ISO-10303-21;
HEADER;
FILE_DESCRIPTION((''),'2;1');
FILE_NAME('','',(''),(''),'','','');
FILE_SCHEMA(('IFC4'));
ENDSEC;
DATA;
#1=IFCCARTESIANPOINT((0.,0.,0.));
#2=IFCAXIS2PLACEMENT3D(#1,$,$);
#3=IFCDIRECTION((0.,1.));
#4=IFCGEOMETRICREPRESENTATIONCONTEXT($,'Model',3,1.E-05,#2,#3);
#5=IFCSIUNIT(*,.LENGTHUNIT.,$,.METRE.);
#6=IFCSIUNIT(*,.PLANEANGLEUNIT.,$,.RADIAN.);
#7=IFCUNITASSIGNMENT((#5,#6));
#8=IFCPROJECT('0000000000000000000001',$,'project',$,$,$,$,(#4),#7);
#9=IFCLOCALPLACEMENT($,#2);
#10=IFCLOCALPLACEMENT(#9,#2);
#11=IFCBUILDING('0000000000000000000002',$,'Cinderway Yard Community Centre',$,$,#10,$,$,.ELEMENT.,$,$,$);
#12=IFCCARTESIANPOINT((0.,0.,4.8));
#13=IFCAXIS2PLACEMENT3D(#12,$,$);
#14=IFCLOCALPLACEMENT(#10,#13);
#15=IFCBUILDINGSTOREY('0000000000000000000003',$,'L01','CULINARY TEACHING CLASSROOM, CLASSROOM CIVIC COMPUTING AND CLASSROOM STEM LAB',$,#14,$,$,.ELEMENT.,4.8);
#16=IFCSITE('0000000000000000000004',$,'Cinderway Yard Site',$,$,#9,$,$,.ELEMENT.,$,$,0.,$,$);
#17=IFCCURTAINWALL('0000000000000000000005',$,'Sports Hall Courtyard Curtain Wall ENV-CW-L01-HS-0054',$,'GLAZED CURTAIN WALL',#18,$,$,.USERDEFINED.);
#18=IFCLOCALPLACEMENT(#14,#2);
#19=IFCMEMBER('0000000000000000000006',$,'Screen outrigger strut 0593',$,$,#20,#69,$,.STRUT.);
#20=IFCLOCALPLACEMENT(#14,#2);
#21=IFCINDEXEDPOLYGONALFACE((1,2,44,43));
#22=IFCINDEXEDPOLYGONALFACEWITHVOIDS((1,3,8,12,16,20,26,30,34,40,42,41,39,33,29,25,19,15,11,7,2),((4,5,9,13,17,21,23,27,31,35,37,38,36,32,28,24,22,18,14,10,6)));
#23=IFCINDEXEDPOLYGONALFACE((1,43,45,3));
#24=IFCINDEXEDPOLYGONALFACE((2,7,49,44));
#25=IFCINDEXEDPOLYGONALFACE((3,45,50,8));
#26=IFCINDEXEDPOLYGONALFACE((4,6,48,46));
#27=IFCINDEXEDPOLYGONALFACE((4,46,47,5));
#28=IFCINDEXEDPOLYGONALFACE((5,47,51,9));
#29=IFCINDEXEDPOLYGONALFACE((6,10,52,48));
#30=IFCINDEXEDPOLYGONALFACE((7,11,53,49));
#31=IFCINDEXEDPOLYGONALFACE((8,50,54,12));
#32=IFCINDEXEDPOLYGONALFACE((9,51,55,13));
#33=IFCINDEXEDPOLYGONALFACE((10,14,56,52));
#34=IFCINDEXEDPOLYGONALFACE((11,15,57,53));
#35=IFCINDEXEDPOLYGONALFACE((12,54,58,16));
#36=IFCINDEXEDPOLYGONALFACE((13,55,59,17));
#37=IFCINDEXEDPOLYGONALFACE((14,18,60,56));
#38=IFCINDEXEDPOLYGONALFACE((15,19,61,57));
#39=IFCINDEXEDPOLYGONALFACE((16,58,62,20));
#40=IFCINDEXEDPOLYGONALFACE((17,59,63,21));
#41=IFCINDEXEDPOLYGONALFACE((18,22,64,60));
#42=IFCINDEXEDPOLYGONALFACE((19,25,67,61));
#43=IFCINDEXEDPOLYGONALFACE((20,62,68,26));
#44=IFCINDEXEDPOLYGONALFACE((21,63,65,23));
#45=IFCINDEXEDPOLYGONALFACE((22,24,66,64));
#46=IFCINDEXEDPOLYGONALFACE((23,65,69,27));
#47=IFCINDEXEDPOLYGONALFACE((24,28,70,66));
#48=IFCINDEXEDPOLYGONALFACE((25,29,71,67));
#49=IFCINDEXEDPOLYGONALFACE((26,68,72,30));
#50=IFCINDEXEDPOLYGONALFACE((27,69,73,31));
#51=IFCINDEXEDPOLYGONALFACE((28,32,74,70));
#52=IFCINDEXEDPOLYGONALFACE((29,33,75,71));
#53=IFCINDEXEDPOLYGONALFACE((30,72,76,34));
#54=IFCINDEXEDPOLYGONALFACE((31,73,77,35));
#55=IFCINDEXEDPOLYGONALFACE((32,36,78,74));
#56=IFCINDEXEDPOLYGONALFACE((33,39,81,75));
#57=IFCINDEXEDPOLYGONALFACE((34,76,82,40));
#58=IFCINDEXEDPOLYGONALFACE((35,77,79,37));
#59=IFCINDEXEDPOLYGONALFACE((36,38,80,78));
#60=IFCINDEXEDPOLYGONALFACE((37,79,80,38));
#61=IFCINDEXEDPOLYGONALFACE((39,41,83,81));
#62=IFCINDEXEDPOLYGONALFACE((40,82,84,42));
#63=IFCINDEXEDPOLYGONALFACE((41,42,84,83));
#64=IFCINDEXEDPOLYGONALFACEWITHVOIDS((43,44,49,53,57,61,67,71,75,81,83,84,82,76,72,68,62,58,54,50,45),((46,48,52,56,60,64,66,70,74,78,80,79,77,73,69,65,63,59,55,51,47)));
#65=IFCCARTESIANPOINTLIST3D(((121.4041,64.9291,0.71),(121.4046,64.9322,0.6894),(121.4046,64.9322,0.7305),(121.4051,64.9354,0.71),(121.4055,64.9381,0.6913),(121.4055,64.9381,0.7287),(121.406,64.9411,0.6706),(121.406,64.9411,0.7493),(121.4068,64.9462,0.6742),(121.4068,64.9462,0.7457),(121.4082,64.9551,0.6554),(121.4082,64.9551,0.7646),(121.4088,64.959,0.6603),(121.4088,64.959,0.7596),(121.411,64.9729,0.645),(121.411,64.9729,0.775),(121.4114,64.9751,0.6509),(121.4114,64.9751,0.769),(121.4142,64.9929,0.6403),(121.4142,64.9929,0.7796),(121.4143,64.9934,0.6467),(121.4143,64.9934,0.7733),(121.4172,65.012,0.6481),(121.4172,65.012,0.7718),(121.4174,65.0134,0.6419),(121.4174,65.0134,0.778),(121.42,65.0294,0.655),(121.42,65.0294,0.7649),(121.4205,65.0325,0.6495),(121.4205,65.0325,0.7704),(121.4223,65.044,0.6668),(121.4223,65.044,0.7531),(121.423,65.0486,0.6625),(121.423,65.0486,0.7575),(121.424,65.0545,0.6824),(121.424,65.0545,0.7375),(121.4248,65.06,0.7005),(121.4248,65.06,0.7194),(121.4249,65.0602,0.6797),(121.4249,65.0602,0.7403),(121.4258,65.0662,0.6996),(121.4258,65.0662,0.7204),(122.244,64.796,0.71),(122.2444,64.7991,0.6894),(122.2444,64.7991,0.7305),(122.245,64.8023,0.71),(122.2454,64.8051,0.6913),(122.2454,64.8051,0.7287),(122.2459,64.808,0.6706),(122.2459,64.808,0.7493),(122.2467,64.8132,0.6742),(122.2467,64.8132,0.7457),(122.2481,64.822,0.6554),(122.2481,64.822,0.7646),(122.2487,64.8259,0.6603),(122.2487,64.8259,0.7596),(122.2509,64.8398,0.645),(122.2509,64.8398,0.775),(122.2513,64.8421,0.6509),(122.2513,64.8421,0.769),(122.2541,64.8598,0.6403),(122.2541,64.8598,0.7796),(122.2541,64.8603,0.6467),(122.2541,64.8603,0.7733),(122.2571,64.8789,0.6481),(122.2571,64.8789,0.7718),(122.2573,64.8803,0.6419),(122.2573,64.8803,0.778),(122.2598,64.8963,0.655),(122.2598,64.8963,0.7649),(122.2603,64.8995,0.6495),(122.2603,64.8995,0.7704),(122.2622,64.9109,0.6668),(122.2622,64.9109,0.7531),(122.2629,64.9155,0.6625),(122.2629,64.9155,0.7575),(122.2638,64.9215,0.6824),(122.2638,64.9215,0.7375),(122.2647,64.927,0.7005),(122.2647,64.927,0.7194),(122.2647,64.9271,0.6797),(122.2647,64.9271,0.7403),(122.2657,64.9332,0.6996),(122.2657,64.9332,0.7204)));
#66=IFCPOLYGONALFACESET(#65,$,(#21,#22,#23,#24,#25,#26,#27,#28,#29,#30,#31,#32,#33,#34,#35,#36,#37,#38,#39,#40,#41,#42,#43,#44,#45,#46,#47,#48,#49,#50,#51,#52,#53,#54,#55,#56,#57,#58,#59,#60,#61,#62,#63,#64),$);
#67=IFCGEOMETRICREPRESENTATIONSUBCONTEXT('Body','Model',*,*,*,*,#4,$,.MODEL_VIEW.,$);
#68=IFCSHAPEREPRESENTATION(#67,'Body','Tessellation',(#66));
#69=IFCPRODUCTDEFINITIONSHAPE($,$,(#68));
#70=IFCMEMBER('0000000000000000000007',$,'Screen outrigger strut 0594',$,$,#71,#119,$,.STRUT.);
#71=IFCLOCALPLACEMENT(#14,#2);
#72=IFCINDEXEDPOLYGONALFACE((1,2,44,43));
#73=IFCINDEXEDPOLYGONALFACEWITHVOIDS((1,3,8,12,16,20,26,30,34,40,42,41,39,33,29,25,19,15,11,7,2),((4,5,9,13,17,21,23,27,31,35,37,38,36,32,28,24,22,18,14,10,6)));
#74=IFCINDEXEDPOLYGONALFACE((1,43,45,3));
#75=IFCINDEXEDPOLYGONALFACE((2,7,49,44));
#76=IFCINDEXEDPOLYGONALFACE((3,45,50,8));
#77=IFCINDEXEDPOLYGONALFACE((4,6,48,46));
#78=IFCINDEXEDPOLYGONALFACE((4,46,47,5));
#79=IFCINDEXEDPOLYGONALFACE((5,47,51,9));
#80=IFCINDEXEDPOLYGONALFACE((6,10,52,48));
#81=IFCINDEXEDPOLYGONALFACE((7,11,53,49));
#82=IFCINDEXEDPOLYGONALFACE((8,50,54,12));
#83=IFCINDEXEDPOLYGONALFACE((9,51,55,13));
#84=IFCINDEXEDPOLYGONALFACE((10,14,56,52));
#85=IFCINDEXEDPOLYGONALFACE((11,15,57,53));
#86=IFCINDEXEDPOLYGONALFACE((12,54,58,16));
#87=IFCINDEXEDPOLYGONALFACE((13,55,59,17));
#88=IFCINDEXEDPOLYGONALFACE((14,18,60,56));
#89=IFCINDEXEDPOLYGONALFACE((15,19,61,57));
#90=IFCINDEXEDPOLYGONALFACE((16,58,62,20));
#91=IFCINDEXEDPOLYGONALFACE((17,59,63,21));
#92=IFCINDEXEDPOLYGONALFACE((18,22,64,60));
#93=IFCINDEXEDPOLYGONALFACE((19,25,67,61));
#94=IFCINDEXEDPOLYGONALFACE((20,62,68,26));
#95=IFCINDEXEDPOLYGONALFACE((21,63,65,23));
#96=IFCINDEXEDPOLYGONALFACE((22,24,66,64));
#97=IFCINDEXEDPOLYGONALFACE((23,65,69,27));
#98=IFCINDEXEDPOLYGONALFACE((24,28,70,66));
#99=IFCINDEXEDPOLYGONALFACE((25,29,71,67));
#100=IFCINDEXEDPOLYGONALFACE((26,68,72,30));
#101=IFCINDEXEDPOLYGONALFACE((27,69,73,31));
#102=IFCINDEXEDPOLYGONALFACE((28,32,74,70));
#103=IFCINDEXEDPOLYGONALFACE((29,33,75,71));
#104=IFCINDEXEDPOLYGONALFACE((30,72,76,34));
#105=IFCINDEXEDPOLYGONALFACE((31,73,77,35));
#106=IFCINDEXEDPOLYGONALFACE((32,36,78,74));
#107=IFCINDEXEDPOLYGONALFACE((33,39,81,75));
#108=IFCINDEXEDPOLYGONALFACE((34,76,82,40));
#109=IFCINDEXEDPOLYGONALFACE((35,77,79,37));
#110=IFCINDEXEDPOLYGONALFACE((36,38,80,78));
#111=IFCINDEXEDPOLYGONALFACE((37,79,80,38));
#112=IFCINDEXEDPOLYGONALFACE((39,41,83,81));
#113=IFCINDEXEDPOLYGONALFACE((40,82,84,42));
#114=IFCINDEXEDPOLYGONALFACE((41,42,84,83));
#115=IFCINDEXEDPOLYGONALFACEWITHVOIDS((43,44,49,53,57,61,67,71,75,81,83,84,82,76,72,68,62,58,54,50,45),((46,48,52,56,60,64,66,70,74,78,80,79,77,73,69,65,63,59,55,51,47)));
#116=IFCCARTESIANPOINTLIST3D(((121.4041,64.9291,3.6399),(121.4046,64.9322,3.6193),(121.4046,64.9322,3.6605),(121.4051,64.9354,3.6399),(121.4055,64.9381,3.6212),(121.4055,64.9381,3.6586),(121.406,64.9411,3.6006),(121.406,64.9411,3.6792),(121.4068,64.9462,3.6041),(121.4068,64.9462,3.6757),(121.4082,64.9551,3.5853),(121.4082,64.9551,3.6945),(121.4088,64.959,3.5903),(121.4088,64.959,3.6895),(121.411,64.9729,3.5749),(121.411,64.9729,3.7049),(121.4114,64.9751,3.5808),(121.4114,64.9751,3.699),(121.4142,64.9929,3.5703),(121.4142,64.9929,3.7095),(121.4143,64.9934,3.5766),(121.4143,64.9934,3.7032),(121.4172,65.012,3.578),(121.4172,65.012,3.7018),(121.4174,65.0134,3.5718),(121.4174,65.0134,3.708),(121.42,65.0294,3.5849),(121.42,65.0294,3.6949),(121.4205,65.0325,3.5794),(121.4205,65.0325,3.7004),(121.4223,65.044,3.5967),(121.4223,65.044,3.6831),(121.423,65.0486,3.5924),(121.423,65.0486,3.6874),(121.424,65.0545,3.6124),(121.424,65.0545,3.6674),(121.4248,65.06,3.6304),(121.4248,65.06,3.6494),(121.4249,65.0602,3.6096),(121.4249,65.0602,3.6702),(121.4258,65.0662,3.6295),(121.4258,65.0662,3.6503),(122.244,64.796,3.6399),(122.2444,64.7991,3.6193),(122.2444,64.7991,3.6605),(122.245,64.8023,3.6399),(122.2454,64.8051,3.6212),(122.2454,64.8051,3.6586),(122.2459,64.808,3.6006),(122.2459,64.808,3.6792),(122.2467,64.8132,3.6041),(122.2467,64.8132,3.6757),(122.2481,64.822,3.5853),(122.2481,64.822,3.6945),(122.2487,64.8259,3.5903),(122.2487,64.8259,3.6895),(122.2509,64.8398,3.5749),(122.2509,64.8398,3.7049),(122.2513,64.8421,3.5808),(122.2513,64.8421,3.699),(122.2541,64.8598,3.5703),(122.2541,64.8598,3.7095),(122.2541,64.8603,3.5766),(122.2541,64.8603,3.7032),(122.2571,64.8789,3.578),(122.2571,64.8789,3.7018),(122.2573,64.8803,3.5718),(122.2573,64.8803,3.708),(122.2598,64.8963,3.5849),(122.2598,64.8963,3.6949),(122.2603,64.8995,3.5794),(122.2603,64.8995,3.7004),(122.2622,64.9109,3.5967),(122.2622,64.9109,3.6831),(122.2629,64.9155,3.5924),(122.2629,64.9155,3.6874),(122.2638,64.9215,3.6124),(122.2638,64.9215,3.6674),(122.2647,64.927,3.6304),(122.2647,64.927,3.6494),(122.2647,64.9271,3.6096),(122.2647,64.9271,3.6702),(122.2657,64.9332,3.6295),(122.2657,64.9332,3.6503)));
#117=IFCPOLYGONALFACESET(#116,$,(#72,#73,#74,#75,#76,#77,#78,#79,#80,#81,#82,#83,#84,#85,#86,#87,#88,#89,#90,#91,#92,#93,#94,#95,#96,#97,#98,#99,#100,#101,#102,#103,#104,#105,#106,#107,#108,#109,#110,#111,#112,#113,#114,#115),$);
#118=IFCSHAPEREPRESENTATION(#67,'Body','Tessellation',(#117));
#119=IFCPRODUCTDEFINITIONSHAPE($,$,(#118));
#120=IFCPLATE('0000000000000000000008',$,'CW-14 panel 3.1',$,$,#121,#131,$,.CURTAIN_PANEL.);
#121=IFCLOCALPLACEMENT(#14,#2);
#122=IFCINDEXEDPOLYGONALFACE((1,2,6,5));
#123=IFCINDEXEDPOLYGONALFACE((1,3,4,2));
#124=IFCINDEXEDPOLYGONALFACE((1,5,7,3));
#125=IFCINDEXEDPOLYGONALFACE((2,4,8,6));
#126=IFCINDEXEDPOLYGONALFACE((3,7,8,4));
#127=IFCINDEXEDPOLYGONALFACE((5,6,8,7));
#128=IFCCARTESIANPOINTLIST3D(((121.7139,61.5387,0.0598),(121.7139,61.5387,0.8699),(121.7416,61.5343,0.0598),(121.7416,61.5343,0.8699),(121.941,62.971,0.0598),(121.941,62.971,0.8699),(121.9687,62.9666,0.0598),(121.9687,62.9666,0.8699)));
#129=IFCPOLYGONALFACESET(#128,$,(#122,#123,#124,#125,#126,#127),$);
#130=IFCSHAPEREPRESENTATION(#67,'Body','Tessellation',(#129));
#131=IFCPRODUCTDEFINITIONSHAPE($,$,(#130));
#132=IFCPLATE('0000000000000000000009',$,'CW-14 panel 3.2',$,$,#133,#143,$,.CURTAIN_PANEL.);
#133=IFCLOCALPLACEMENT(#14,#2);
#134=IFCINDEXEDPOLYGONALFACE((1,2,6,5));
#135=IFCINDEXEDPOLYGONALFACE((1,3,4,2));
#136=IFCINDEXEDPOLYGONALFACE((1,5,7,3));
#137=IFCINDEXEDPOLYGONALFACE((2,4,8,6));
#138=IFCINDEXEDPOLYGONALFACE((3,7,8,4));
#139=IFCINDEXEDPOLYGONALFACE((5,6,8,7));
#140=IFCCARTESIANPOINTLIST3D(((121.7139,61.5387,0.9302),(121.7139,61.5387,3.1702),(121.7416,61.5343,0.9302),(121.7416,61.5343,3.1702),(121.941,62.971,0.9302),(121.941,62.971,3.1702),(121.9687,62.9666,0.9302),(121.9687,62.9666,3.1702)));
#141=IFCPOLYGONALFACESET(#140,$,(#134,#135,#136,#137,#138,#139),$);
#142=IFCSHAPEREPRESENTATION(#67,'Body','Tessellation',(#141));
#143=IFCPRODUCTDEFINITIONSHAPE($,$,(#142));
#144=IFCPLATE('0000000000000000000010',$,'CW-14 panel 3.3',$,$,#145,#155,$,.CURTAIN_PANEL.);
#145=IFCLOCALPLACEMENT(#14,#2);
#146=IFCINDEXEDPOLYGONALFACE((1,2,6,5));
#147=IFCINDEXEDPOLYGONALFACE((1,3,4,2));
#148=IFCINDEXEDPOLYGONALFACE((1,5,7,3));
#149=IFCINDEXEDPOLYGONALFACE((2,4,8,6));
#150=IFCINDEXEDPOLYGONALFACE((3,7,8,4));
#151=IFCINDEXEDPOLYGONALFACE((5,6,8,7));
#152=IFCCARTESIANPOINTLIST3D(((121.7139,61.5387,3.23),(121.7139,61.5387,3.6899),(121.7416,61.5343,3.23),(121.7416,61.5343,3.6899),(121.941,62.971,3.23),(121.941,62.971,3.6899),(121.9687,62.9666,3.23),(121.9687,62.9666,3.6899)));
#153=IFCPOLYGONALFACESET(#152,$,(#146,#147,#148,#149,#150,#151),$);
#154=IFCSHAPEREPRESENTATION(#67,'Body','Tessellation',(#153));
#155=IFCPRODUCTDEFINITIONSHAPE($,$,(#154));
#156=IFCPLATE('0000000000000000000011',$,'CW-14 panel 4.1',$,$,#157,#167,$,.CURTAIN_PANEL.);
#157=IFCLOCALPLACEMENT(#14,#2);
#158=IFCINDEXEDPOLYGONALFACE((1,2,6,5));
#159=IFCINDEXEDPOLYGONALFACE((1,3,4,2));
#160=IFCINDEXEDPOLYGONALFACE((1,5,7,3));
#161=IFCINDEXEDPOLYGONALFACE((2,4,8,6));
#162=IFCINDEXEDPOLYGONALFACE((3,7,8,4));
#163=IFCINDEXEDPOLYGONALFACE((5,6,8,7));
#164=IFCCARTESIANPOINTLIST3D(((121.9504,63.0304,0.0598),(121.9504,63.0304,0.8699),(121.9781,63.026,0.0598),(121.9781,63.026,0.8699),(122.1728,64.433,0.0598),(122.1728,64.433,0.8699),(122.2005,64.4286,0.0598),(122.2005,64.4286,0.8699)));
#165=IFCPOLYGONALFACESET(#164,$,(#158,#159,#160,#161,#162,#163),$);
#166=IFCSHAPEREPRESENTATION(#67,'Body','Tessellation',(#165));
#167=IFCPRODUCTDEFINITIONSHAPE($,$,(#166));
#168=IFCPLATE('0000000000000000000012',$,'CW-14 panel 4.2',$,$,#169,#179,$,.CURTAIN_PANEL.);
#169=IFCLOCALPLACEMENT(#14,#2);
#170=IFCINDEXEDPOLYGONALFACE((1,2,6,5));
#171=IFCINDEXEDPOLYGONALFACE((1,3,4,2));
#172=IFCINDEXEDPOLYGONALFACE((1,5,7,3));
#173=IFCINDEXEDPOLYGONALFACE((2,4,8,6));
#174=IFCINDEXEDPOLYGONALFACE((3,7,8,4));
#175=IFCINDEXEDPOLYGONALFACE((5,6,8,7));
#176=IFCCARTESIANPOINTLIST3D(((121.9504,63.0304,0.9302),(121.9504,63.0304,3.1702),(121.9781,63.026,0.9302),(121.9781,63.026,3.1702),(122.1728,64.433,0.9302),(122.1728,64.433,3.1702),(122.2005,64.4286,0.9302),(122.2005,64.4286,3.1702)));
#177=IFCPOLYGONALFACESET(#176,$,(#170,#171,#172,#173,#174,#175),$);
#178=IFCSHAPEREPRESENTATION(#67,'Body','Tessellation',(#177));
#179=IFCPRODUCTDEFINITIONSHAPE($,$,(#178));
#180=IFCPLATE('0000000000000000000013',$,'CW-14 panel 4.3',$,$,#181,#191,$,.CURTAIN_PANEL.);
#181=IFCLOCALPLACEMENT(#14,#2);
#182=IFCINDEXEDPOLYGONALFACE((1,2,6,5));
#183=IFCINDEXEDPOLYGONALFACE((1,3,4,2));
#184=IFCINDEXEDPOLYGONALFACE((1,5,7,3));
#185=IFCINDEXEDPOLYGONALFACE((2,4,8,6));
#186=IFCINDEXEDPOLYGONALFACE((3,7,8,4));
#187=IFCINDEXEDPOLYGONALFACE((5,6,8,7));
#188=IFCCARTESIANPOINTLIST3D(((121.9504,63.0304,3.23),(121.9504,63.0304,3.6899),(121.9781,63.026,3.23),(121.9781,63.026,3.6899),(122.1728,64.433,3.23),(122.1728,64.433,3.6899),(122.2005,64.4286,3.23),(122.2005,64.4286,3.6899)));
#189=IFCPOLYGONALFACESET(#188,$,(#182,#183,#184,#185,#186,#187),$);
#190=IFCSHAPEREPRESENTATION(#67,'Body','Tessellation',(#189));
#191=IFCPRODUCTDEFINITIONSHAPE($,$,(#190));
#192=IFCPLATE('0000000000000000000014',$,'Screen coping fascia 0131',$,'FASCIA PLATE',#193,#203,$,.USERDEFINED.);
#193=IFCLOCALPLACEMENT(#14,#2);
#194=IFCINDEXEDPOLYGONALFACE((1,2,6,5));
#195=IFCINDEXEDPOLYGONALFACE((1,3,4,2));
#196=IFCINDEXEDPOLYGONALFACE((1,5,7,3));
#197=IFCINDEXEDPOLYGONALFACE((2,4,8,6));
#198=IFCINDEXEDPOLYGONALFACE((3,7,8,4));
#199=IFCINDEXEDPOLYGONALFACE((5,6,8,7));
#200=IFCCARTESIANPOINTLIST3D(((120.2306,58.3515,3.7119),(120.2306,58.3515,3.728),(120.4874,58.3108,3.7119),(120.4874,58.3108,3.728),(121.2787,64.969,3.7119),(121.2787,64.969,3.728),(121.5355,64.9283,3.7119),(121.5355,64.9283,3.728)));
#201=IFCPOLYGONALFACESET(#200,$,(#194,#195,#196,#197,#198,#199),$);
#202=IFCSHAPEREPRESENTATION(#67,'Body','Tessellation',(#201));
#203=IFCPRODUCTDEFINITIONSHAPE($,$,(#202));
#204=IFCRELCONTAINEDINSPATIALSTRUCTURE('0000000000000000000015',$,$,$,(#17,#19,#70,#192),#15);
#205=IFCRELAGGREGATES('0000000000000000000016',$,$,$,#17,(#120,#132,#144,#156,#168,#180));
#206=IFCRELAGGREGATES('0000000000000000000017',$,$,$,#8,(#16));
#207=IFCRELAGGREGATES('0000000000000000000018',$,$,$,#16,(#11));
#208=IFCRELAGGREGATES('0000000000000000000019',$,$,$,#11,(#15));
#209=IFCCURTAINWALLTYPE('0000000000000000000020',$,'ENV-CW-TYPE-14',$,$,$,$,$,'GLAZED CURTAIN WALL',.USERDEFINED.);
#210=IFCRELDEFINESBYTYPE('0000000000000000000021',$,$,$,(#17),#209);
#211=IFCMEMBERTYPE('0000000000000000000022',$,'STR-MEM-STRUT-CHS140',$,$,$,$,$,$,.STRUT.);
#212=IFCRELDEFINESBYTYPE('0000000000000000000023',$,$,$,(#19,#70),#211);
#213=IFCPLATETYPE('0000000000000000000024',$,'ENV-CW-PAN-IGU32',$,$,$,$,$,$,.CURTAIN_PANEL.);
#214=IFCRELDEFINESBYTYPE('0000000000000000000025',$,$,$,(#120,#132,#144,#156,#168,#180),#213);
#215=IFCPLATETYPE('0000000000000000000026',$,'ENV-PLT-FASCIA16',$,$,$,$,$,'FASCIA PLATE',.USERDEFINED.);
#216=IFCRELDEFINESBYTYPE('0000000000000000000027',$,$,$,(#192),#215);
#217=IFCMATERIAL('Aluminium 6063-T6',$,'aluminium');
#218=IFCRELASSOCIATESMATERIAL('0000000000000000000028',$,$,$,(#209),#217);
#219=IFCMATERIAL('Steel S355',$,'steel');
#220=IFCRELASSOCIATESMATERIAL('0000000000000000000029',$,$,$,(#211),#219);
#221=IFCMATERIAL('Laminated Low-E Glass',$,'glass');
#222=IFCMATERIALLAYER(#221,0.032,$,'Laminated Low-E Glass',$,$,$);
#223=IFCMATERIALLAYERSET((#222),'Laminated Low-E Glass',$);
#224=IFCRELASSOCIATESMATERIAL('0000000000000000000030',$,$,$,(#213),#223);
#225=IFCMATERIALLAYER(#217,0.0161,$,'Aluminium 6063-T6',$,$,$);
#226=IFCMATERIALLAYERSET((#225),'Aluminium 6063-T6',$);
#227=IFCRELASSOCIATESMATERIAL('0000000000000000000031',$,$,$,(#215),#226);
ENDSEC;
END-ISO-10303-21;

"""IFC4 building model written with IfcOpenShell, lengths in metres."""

from ifc_helpers import new_model, si_unit, direction, frame, origin, origin_2d, place, context, subcontext, project, spatial, rectangle, hollow_circle, extrude, material, layer, layer_set, material_profile, profile_set, type_object, element, aggregate, save


model = new_model("IFC4")

# Units and contexts
model_context = context("Model", 3, precision=1e-05, world=origin(), true_north=direction((0.0, 1.0)))
body_context = subcontext(model_context, "Body", "Model", "MODEL_VIEW")
ifc_project = project(units=[si_unit("LENGTHUNIT", "METRE"), si_unit("PLANEANGLEUNIT", "RADIAN")], contexts=[model_context])

# Site, building, storey
site_placement = place(None, origin())
site = spatial("IfcSite", under=ifc_project, at=site_placement, Name="Cinderway Yard Site", CompositionType="ELEMENT", RefElevation=0.0)
building_placement = place(site_placement, origin())
building = spatial("IfcBuilding", under=site, at=building_placement, Name="Cinderway Yard Community Centre", CompositionType="ELEMENT")
storey_placement = place(building_placement, frame((0.0, 0.0, 4.8)))
storey = spatial("IfcBuildingStorey", under=building, at=storey_placement, Name="L01", Description="CULINARY TEACHING CLASSROOM, CLASSROOM CIVIC COMPUTING AND CLASSROOM STEM LAB", CompositionType="ELEMENT", Elevation=4.8)

# Curtain wall
ifc_material_1 = material(Name="Aluminium 6063-T6", Category="aluminium")
curtain_wall_type = type_object("IfcCurtainWallType", Name="ENV-CW-TYPE-14", ElementType="GLAZED CURTAIN WALL", PredefinedType="USERDEFINED", material=ifc_material_1)
curtain_wall_placement = place(storey_placement, origin())
curtain_wall = element("IfcCurtainWall", 1, at=curtain_wall_placement, inside=storey, type_object=curtain_wall_type, Name="Sports Hall Courtyard Curtain Wall ENV-CW-L01-HS-0054", ObjectType="GLAZED CURTAIN WALL", PredefinedType="USERDEFINED")

# Shared definitions
ifc_material_2 = material(Name="Steel S355", Category="steel")

# Members
ifc_material_profile_1 = material_profile(ifc_material_2, hollow_circle(Radius=0.0698, WallThickness=0.0063, at=origin_2d()), Name="Steel S355")
ifc_profile_set_1 = profile_set([ifc_material_profile_1], Name="Steel S355")
member_type_1 = type_object("IfcMemberType", Name="STR-MEM-STRUT-CHS140", PredefinedType="STRUT", material=ifc_profile_set_1)
for number, where, z_axis, x_axis, name in (
    (2, (122.2549, 64.865, 0.71), (-0.987681, 0.156479, 0.0), (-0.156479, -0.987681, 0.0), "Screen outrigger strut 0593"),
    (3, (122.2549, 64.865, 3.6399), (-0.987681, 0.156479, 0.0), (-0.156479, -0.987681, 0.0), "Screen outrigger strut 0594"),
):
    element("IfcMember", number, at=place(storey_placement, frame(where, z_axis=z_axis, x_axis=x_axis)), inside=storey, type_object=member_type_1, Name=name, PredefinedType="STRUT", context=body_context, shape_type="SweptSolid", body=[
        extrude(hollow_circle(Radius=0.0698, WallThickness=0.0063, at=origin_2d()), origin(), (0.0, 0.0, 1.0), 0.8503),
    ])

# Plates
ifc_material_3 = material(Name="Laminated Low-E Glass", Category="glass")
ifc_layer_1 = layer(ifc_material_3, 0.032, Name="Laminated Low-E Glass")
ifc_layer_set_1 = layer_set([ifc_layer_1], Name="Laminated Low-E Glass")
plate_type_1 = type_object("IfcPlateType", Name="ENV-CW-PAN-IGU32", PredefinedType="CURTAIN_PANEL", material=ifc_layer_set_1)
plate_1_placement = place(storey_placement, frame((121.8413, 62.2527, 0.0598), z_axis=(0.0, 0.0, 1.0), x_axis=(0.156609, 0.987661, 0.0)))
plate_1 = element("IfcPlate", 4, at=plate_1_placement, type_object=plate_type_1, Name="CW-14 panel 3.1", PredefinedType="CURTAIN_PANEL", context=body_context, shape_type="SweptSolid", body=[
    extrude(rectangle(XDim=1.4502, YDim=0.0281, at=origin_2d()), origin(), (0.0, 0.0, 1.0), 0.8101),
])
plate_2_placement = place(storey_placement, frame((121.8413, 62.2527, 0.9302), z_axis=(0.0, 0.0, 1.0), x_axis=(0.156609, 0.987661, 0.0)))
plate_2 = element("IfcPlate", 5, at=plate_2_placement, type_object=plate_type_1, Name="CW-14 panel 3.2", PredefinedType="CURTAIN_PANEL", context=body_context, shape_type="SweptSolid", body=[
    extrude(rectangle(XDim=1.4502, YDim=0.0281, at=origin_2d()), origin(), (0.0, 0.0, 1.0), 2.24),
])
plate_3_placement = place(storey_placement, frame((121.8413, 62.2527, 3.23), z_axis=(0.0, 0.0, 1.0), x_axis=(0.156609, 0.987661, 0.0)))
plate_3 = element("IfcPlate", 6, at=plate_3_placement, type_object=plate_type_1, Name="CW-14 panel 3.3", PredefinedType="CURTAIN_PANEL", context=body_context, shape_type="SweptSolid", body=[
    extrude(rectangle(XDim=1.4502, YDim=0.0281, at=origin_2d()), origin(), (0.0, 0.0, 1.0), 0.46),
])
plate_4_placement = place(storey_placement, frame((122.0754, 63.7295, 0.0598), z_axis=(0.0, 0.0, 1.0), x_axis=(0.156609, 0.987661, 0.0)))
plate_4 = element("IfcPlate", 7, at=plate_4_placement, type_object=plate_type_1, Name="CW-14 panel 4.1", PredefinedType="CURTAIN_PANEL", context=body_context, shape_type="SweptSolid", body=[
    extrude(rectangle(XDim=1.4202, YDim=0.0281, at=origin_2d()), origin(), (0.0, 0.0, 1.0), 0.8101),
])
plate_5_placement = place(storey_placement, frame((122.0754, 63.7295, 0.9302), z_axis=(0.0, 0.0, 1.0), x_axis=(0.156609, 0.987661, 0.0)))
plate_5 = element("IfcPlate", 8, at=plate_5_placement, type_object=plate_type_1, Name="CW-14 panel 4.2", PredefinedType="CURTAIN_PANEL", context=body_context, shape_type="SweptSolid", body=[
    extrude(rectangle(XDim=1.4202, YDim=0.0281, at=origin_2d()), origin(), (0.0, 0.0, 1.0), 2.24),
])
plate_6_placement = place(storey_placement, frame((122.0754, 63.7295, 3.23), z_axis=(0.0, 0.0, 1.0), x_axis=(0.156609, 0.987661, 0.0)))
plate_6 = element("IfcPlate", 9, at=plate_6_placement, type_object=plate_type_1, Name="CW-14 panel 4.3", PredefinedType="CURTAIN_PANEL", context=body_context, shape_type="SweptSolid", body=[
    extrude(rectangle(XDim=1.4202, YDim=0.0281, at=origin_2d()), origin(), (0.0, 0.0, 1.0), 0.46),
])
aggregate(curtain_wall, [plate_1, plate_2, plate_3, plate_4, plate_5, plate_6])
ifc_layer_2 = layer(ifc_material_1, 0.0161, Name="Aluminium 6063-T6")
ifc_layer_set_2 = layer_set([ifc_layer_2], Name="Aluminium 6063-T6")
plate_type_2 = type_object("IfcPlateType", Name="ENV-PLT-FASCIA16", ElementType="FASCIA PLATE", PredefinedType="USERDEFINED", material=ifc_layer_set_2)
plate_7_placement = place(storey_placement, frame((120.8831, 61.6399, 3.7119), z_axis=(0.0, 0.0, 1.0), x_axis=(0.156434, 0.987688, 0.0)))
element("IfcPlate", 10, at=plate_7_placement, inside=storey, type_object=plate_type_2, Name="Screen coping fascia 0131", ObjectType="FASCIA PLATE", PredefinedType="USERDEFINED", context=body_context, shape_type="SweptSolid", body=[
    extrude(rectangle(XDim=6.7, YDim=0.26, at=origin_2d()), origin(), (0.0, 0.0, 1.0), 0.0161),
])

save(model, "model.ifc")
